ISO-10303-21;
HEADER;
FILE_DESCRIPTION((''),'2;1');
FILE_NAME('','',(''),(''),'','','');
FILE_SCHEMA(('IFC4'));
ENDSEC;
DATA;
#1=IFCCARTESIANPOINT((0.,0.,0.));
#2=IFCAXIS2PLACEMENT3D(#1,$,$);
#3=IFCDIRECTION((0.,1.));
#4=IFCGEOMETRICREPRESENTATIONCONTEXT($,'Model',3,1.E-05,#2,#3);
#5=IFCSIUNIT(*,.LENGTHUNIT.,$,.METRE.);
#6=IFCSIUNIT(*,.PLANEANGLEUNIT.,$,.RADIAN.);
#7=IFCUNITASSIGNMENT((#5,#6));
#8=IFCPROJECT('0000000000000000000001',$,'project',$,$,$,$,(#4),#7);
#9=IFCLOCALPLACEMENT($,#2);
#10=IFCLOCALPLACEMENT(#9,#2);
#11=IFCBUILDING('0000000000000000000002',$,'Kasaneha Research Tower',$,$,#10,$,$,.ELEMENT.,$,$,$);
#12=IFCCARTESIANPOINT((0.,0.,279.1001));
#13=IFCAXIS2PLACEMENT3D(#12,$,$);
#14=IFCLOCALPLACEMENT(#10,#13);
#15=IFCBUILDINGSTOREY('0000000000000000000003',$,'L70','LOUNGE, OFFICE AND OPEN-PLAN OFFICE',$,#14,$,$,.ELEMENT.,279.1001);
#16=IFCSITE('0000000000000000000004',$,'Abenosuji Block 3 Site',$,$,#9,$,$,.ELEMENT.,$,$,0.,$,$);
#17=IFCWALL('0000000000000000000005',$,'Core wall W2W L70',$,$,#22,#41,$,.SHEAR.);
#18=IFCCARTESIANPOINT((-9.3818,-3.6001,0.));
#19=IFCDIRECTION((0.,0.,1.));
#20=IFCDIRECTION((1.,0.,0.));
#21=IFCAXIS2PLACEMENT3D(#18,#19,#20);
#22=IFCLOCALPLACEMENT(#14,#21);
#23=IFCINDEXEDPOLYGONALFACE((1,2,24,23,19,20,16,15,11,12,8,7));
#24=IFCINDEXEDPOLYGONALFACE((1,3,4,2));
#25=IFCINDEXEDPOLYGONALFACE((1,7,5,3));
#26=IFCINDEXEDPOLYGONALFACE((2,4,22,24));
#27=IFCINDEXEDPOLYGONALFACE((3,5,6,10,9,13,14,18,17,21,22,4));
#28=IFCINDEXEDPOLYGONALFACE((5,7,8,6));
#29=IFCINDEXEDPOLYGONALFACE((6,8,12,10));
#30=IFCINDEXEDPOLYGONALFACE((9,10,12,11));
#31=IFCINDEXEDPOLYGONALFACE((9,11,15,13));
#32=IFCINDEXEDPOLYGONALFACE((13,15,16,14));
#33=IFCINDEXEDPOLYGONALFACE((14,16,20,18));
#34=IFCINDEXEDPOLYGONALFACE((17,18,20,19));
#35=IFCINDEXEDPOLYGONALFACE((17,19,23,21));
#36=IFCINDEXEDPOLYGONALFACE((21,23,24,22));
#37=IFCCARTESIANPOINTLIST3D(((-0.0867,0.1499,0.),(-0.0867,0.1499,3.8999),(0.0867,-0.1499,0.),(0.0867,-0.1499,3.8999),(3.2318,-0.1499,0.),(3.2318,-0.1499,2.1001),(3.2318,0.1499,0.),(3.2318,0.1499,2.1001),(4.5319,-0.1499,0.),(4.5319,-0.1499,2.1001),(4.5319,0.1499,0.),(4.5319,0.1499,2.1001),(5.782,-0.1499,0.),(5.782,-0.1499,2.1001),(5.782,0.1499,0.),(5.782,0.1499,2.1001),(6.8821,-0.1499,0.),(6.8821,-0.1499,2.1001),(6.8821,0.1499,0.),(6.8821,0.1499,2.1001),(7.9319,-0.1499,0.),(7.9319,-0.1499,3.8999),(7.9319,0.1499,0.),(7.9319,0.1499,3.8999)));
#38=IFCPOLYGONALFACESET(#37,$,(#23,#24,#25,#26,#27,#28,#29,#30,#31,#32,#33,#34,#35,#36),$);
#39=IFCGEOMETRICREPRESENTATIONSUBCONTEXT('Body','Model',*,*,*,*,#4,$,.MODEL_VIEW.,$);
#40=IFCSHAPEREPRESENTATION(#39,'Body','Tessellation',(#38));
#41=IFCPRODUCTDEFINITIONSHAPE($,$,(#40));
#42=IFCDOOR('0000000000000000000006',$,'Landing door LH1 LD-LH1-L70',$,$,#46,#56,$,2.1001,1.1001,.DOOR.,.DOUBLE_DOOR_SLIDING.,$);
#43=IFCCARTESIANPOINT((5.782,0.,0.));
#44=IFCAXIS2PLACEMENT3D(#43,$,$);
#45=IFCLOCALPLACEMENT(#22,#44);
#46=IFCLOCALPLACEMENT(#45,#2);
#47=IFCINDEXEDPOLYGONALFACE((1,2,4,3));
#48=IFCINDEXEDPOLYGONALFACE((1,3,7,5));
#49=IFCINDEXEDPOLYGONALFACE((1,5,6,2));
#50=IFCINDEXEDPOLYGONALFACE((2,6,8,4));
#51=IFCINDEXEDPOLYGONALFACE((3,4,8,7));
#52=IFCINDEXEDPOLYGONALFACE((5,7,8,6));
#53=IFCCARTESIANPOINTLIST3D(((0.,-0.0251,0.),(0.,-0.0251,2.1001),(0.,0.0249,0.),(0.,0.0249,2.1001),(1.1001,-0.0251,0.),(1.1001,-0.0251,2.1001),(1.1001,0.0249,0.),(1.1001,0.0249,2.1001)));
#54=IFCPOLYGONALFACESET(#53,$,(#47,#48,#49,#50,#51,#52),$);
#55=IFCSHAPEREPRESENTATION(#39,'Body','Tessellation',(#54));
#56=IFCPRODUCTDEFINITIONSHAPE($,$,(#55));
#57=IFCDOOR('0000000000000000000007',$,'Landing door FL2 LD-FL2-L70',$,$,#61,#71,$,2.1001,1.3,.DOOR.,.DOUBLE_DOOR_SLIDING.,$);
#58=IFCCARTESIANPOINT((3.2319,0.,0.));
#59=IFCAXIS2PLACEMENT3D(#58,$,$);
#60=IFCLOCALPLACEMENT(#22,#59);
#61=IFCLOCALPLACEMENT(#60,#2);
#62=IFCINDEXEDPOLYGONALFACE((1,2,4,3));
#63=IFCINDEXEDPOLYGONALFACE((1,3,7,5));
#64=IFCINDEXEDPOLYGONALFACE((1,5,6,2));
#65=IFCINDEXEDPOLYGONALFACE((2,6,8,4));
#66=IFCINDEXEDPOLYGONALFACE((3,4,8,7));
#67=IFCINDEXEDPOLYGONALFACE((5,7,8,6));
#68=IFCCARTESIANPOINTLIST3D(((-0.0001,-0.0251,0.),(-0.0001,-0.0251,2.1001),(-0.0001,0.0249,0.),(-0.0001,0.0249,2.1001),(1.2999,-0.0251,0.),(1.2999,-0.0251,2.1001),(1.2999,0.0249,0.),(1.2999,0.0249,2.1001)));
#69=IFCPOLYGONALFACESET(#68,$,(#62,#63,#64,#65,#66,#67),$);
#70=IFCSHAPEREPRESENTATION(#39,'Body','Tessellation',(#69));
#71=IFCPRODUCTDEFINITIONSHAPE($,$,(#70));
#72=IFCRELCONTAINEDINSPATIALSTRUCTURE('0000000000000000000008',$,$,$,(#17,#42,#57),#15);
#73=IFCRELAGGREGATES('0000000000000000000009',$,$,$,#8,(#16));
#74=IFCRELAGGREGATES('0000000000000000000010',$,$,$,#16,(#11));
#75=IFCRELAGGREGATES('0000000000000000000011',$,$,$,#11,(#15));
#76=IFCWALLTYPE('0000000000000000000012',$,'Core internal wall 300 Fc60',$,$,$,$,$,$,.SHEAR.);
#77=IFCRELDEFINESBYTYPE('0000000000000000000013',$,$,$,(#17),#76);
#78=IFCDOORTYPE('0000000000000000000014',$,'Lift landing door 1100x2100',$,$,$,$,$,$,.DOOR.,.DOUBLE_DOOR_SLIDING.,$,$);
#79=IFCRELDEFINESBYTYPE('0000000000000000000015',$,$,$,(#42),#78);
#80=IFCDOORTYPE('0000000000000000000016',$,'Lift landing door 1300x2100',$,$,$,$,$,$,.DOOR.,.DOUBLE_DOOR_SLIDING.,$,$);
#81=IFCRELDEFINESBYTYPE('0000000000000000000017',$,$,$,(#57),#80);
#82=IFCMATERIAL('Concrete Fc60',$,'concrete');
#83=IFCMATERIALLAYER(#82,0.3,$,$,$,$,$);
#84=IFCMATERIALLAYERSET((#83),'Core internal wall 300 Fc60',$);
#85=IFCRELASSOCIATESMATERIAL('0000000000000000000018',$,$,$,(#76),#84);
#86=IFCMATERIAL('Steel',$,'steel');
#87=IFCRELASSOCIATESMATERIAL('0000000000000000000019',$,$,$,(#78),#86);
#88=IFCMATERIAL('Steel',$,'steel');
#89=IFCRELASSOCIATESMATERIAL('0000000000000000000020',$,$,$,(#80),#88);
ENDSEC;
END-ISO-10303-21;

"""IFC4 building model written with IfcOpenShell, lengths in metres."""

from ifc_helpers import new_model, si_unit, direction, frame, frame_2d, origin, place, context, subcontext, project, spatial, polyline, rectangle, outline, extrude, material, layer, layer_set, type_object, element, fill, save


model = new_model("IFC4")

# Units and contexts
model_context = context("Model", 3, precision=1e-05, world=origin(), true_north=direction((0.0, 1.0)))
body_context = subcontext(model_context, "Body", "Model", "MODEL_VIEW")
ifc_project = project(units=[si_unit("LENGTHUNIT", "METRE"), si_unit("PLANEANGLEUNIT", "RADIAN")], contexts=[model_context])

# Site, building, storey
site_placement = place(None, origin())
site = spatial("IfcSite", under=ifc_project, at=site_placement, Name="Abenosuji Block 3 Site", CompositionType="ELEMENT", RefElevation=0.0)
building_placement = place(site_placement, origin())
building = spatial("IfcBuilding", under=site, at=building_placement, Name="Kasaneha Research Tower", CompositionType="ELEMENT")
storey_placement = place(building_placement, frame((0.0, 0.0, 279.1001)))
storey = spatial("IfcBuildingStorey", under=building, at=storey_placement, Name="L70", Description="LOUNGE, OFFICE AND OPEN-PLAN OFFICE", CompositionType="ELEMENT", Elevation=279.1001)

# Wall, openings, doors
ifc_material_1 = material(Name="Concrete Fc60", Category="concrete")
ifc_layer_1 = layer(ifc_material_1, 0.3)
ifc_layer_set_1 = layer_set([ifc_layer_1], Name="Core internal wall 300 Fc60")
wall_type_1 = type_object("IfcWallType", Name="Core internal wall 300 Fc60", PredefinedType="SHEAR", material=ifc_layer_set_1)
wall_1_placement = place(storey_placement, frame((-9.3818, -3.6001, 0.0), z_axis=(0.0, 0.0, 1.0), x_axis=(1.0, 0.0, 0.0)))
wall_1 = element("IfcWall", 1, at=wall_1_placement, inside=storey, type_object=wall_type_1, Name="Core wall W2W L70", PredefinedType="SHEAR", context=body_context, shape_type="SweptSolid", body=[
    extrude(outline(polyline([(0.0867, -0.1499), (3.2319, -0.1499), (4.532, -0.1499), (5.782, -0.1499), (6.8821, -0.1499), (7.9319, -0.1499), (7.9319, 0.1499), (6.8821, 0.1499), (5.782, 0.1499), (4.532, 0.1499), (3.2319, 0.1499), (-0.0867, 0.1499), (0.0867, -0.1499)])), origin(), (0.0, 0.0, 1.0), 3.8999),
])
opening_1_placement = place(wall_1_placement, frame((5.782, 0.0, 0.0)))
opening_1 = element("IfcOpeningElement", 2, at=opening_1_placement, cuts=wall_1, PredefinedType="OPENING", context=body_context, shape_type="SweptSolid", body=[
    extrude(rectangle(XDim=1.1001, YDim=2.1001, at=frame_2d((0.55, 1.05))), frame((0.0, 0.1602, 0.0), z_axis=(0.0, -1.0, 0.0), x_axis=(1.0, 0.0, 0.0)), (0.0, 0.0, 1.0), 0.3201),
])
opening_2_placement = place(wall_1_placement, frame((3.2319, 0.0, 0.0)))
opening_2 = element("IfcOpeningElement", 3, at=opening_2_placement, cuts=wall_1, PredefinedType="OPENING", context=body_context, shape_type="SweptSolid", body=[
    extrude(rectangle(XDim=1.3, YDim=2.1001, at=frame_2d((0.6499, 1.05))), frame((0.0, 0.1602, 0.0), z_axis=(0.0, -1.0, 0.0), x_axis=(1.0, 0.0, 0.0)), (0.0, 0.0, 1.0), 0.3201),
])
ifc_material_2 = material(Name="Steel", Category="steel")
door_type_1 = type_object("IfcDoorType", Name="Lift landing door 1100x2100", OperationType="DOUBLE_DOOR_SLIDING", PredefinedType="DOOR", material=ifc_material_2)
door_1_placement = place(opening_1_placement, origin())
door_1 = element("IfcDoor", 4, at=door_1_placement, inside=storey, type_object=door_type_1, Name="Landing door LH1 LD-LH1-L70", OperationType="DOUBLE_DOOR_SLIDING", OverallHeight=2.1001, OverallWidth=1.1001, PredefinedType="DOOR", context=body_context, shape_type="SweptSolid", body=[
    extrude(rectangle(XDim=1.1001, YDim=2.1001, at=frame_2d((0.55, 1.05))), frame((0.0, 0.0249, 0.0), z_axis=(0.0, -1.0, 0.0), x_axis=(1.0, 0.0, 0.0)), (0.0, 0.0, 1.0), 0.05),
])
fill(opening_1, door_1)
ifc_material_3 = material(Name="Steel", Category="steel")
door_type_2 = type_object("IfcDoorType", Name="Lift landing door 1300x2100", OperationType="DOUBLE_DOOR_SLIDING", PredefinedType="DOOR", material=ifc_material_3)
door_2_placement = place(opening_2_placement, origin())
door_2 = element("IfcDoor", 5, at=door_2_placement, inside=storey, type_object=door_type_2, Name="Landing door FL2 LD-FL2-L70", OperationType="DOUBLE_DOOR_SLIDING", OverallHeight=2.1001, OverallWidth=1.3, PredefinedType="DOOR", context=body_context, shape_type="SweptSolid", body=[
    extrude(rectangle(XDim=1.3, YDim=2.1001, at=frame_2d((0.6499, 1.05))), frame((0.0, 0.0249, 0.0), z_axis=(0.0, -1.0, 0.0), x_axis=(1.0, 0.0, 0.0)), (0.0, 0.0, 1.0), 0.05),
])
fill(opening_2, door_2)

save(model, "model.ifc")
